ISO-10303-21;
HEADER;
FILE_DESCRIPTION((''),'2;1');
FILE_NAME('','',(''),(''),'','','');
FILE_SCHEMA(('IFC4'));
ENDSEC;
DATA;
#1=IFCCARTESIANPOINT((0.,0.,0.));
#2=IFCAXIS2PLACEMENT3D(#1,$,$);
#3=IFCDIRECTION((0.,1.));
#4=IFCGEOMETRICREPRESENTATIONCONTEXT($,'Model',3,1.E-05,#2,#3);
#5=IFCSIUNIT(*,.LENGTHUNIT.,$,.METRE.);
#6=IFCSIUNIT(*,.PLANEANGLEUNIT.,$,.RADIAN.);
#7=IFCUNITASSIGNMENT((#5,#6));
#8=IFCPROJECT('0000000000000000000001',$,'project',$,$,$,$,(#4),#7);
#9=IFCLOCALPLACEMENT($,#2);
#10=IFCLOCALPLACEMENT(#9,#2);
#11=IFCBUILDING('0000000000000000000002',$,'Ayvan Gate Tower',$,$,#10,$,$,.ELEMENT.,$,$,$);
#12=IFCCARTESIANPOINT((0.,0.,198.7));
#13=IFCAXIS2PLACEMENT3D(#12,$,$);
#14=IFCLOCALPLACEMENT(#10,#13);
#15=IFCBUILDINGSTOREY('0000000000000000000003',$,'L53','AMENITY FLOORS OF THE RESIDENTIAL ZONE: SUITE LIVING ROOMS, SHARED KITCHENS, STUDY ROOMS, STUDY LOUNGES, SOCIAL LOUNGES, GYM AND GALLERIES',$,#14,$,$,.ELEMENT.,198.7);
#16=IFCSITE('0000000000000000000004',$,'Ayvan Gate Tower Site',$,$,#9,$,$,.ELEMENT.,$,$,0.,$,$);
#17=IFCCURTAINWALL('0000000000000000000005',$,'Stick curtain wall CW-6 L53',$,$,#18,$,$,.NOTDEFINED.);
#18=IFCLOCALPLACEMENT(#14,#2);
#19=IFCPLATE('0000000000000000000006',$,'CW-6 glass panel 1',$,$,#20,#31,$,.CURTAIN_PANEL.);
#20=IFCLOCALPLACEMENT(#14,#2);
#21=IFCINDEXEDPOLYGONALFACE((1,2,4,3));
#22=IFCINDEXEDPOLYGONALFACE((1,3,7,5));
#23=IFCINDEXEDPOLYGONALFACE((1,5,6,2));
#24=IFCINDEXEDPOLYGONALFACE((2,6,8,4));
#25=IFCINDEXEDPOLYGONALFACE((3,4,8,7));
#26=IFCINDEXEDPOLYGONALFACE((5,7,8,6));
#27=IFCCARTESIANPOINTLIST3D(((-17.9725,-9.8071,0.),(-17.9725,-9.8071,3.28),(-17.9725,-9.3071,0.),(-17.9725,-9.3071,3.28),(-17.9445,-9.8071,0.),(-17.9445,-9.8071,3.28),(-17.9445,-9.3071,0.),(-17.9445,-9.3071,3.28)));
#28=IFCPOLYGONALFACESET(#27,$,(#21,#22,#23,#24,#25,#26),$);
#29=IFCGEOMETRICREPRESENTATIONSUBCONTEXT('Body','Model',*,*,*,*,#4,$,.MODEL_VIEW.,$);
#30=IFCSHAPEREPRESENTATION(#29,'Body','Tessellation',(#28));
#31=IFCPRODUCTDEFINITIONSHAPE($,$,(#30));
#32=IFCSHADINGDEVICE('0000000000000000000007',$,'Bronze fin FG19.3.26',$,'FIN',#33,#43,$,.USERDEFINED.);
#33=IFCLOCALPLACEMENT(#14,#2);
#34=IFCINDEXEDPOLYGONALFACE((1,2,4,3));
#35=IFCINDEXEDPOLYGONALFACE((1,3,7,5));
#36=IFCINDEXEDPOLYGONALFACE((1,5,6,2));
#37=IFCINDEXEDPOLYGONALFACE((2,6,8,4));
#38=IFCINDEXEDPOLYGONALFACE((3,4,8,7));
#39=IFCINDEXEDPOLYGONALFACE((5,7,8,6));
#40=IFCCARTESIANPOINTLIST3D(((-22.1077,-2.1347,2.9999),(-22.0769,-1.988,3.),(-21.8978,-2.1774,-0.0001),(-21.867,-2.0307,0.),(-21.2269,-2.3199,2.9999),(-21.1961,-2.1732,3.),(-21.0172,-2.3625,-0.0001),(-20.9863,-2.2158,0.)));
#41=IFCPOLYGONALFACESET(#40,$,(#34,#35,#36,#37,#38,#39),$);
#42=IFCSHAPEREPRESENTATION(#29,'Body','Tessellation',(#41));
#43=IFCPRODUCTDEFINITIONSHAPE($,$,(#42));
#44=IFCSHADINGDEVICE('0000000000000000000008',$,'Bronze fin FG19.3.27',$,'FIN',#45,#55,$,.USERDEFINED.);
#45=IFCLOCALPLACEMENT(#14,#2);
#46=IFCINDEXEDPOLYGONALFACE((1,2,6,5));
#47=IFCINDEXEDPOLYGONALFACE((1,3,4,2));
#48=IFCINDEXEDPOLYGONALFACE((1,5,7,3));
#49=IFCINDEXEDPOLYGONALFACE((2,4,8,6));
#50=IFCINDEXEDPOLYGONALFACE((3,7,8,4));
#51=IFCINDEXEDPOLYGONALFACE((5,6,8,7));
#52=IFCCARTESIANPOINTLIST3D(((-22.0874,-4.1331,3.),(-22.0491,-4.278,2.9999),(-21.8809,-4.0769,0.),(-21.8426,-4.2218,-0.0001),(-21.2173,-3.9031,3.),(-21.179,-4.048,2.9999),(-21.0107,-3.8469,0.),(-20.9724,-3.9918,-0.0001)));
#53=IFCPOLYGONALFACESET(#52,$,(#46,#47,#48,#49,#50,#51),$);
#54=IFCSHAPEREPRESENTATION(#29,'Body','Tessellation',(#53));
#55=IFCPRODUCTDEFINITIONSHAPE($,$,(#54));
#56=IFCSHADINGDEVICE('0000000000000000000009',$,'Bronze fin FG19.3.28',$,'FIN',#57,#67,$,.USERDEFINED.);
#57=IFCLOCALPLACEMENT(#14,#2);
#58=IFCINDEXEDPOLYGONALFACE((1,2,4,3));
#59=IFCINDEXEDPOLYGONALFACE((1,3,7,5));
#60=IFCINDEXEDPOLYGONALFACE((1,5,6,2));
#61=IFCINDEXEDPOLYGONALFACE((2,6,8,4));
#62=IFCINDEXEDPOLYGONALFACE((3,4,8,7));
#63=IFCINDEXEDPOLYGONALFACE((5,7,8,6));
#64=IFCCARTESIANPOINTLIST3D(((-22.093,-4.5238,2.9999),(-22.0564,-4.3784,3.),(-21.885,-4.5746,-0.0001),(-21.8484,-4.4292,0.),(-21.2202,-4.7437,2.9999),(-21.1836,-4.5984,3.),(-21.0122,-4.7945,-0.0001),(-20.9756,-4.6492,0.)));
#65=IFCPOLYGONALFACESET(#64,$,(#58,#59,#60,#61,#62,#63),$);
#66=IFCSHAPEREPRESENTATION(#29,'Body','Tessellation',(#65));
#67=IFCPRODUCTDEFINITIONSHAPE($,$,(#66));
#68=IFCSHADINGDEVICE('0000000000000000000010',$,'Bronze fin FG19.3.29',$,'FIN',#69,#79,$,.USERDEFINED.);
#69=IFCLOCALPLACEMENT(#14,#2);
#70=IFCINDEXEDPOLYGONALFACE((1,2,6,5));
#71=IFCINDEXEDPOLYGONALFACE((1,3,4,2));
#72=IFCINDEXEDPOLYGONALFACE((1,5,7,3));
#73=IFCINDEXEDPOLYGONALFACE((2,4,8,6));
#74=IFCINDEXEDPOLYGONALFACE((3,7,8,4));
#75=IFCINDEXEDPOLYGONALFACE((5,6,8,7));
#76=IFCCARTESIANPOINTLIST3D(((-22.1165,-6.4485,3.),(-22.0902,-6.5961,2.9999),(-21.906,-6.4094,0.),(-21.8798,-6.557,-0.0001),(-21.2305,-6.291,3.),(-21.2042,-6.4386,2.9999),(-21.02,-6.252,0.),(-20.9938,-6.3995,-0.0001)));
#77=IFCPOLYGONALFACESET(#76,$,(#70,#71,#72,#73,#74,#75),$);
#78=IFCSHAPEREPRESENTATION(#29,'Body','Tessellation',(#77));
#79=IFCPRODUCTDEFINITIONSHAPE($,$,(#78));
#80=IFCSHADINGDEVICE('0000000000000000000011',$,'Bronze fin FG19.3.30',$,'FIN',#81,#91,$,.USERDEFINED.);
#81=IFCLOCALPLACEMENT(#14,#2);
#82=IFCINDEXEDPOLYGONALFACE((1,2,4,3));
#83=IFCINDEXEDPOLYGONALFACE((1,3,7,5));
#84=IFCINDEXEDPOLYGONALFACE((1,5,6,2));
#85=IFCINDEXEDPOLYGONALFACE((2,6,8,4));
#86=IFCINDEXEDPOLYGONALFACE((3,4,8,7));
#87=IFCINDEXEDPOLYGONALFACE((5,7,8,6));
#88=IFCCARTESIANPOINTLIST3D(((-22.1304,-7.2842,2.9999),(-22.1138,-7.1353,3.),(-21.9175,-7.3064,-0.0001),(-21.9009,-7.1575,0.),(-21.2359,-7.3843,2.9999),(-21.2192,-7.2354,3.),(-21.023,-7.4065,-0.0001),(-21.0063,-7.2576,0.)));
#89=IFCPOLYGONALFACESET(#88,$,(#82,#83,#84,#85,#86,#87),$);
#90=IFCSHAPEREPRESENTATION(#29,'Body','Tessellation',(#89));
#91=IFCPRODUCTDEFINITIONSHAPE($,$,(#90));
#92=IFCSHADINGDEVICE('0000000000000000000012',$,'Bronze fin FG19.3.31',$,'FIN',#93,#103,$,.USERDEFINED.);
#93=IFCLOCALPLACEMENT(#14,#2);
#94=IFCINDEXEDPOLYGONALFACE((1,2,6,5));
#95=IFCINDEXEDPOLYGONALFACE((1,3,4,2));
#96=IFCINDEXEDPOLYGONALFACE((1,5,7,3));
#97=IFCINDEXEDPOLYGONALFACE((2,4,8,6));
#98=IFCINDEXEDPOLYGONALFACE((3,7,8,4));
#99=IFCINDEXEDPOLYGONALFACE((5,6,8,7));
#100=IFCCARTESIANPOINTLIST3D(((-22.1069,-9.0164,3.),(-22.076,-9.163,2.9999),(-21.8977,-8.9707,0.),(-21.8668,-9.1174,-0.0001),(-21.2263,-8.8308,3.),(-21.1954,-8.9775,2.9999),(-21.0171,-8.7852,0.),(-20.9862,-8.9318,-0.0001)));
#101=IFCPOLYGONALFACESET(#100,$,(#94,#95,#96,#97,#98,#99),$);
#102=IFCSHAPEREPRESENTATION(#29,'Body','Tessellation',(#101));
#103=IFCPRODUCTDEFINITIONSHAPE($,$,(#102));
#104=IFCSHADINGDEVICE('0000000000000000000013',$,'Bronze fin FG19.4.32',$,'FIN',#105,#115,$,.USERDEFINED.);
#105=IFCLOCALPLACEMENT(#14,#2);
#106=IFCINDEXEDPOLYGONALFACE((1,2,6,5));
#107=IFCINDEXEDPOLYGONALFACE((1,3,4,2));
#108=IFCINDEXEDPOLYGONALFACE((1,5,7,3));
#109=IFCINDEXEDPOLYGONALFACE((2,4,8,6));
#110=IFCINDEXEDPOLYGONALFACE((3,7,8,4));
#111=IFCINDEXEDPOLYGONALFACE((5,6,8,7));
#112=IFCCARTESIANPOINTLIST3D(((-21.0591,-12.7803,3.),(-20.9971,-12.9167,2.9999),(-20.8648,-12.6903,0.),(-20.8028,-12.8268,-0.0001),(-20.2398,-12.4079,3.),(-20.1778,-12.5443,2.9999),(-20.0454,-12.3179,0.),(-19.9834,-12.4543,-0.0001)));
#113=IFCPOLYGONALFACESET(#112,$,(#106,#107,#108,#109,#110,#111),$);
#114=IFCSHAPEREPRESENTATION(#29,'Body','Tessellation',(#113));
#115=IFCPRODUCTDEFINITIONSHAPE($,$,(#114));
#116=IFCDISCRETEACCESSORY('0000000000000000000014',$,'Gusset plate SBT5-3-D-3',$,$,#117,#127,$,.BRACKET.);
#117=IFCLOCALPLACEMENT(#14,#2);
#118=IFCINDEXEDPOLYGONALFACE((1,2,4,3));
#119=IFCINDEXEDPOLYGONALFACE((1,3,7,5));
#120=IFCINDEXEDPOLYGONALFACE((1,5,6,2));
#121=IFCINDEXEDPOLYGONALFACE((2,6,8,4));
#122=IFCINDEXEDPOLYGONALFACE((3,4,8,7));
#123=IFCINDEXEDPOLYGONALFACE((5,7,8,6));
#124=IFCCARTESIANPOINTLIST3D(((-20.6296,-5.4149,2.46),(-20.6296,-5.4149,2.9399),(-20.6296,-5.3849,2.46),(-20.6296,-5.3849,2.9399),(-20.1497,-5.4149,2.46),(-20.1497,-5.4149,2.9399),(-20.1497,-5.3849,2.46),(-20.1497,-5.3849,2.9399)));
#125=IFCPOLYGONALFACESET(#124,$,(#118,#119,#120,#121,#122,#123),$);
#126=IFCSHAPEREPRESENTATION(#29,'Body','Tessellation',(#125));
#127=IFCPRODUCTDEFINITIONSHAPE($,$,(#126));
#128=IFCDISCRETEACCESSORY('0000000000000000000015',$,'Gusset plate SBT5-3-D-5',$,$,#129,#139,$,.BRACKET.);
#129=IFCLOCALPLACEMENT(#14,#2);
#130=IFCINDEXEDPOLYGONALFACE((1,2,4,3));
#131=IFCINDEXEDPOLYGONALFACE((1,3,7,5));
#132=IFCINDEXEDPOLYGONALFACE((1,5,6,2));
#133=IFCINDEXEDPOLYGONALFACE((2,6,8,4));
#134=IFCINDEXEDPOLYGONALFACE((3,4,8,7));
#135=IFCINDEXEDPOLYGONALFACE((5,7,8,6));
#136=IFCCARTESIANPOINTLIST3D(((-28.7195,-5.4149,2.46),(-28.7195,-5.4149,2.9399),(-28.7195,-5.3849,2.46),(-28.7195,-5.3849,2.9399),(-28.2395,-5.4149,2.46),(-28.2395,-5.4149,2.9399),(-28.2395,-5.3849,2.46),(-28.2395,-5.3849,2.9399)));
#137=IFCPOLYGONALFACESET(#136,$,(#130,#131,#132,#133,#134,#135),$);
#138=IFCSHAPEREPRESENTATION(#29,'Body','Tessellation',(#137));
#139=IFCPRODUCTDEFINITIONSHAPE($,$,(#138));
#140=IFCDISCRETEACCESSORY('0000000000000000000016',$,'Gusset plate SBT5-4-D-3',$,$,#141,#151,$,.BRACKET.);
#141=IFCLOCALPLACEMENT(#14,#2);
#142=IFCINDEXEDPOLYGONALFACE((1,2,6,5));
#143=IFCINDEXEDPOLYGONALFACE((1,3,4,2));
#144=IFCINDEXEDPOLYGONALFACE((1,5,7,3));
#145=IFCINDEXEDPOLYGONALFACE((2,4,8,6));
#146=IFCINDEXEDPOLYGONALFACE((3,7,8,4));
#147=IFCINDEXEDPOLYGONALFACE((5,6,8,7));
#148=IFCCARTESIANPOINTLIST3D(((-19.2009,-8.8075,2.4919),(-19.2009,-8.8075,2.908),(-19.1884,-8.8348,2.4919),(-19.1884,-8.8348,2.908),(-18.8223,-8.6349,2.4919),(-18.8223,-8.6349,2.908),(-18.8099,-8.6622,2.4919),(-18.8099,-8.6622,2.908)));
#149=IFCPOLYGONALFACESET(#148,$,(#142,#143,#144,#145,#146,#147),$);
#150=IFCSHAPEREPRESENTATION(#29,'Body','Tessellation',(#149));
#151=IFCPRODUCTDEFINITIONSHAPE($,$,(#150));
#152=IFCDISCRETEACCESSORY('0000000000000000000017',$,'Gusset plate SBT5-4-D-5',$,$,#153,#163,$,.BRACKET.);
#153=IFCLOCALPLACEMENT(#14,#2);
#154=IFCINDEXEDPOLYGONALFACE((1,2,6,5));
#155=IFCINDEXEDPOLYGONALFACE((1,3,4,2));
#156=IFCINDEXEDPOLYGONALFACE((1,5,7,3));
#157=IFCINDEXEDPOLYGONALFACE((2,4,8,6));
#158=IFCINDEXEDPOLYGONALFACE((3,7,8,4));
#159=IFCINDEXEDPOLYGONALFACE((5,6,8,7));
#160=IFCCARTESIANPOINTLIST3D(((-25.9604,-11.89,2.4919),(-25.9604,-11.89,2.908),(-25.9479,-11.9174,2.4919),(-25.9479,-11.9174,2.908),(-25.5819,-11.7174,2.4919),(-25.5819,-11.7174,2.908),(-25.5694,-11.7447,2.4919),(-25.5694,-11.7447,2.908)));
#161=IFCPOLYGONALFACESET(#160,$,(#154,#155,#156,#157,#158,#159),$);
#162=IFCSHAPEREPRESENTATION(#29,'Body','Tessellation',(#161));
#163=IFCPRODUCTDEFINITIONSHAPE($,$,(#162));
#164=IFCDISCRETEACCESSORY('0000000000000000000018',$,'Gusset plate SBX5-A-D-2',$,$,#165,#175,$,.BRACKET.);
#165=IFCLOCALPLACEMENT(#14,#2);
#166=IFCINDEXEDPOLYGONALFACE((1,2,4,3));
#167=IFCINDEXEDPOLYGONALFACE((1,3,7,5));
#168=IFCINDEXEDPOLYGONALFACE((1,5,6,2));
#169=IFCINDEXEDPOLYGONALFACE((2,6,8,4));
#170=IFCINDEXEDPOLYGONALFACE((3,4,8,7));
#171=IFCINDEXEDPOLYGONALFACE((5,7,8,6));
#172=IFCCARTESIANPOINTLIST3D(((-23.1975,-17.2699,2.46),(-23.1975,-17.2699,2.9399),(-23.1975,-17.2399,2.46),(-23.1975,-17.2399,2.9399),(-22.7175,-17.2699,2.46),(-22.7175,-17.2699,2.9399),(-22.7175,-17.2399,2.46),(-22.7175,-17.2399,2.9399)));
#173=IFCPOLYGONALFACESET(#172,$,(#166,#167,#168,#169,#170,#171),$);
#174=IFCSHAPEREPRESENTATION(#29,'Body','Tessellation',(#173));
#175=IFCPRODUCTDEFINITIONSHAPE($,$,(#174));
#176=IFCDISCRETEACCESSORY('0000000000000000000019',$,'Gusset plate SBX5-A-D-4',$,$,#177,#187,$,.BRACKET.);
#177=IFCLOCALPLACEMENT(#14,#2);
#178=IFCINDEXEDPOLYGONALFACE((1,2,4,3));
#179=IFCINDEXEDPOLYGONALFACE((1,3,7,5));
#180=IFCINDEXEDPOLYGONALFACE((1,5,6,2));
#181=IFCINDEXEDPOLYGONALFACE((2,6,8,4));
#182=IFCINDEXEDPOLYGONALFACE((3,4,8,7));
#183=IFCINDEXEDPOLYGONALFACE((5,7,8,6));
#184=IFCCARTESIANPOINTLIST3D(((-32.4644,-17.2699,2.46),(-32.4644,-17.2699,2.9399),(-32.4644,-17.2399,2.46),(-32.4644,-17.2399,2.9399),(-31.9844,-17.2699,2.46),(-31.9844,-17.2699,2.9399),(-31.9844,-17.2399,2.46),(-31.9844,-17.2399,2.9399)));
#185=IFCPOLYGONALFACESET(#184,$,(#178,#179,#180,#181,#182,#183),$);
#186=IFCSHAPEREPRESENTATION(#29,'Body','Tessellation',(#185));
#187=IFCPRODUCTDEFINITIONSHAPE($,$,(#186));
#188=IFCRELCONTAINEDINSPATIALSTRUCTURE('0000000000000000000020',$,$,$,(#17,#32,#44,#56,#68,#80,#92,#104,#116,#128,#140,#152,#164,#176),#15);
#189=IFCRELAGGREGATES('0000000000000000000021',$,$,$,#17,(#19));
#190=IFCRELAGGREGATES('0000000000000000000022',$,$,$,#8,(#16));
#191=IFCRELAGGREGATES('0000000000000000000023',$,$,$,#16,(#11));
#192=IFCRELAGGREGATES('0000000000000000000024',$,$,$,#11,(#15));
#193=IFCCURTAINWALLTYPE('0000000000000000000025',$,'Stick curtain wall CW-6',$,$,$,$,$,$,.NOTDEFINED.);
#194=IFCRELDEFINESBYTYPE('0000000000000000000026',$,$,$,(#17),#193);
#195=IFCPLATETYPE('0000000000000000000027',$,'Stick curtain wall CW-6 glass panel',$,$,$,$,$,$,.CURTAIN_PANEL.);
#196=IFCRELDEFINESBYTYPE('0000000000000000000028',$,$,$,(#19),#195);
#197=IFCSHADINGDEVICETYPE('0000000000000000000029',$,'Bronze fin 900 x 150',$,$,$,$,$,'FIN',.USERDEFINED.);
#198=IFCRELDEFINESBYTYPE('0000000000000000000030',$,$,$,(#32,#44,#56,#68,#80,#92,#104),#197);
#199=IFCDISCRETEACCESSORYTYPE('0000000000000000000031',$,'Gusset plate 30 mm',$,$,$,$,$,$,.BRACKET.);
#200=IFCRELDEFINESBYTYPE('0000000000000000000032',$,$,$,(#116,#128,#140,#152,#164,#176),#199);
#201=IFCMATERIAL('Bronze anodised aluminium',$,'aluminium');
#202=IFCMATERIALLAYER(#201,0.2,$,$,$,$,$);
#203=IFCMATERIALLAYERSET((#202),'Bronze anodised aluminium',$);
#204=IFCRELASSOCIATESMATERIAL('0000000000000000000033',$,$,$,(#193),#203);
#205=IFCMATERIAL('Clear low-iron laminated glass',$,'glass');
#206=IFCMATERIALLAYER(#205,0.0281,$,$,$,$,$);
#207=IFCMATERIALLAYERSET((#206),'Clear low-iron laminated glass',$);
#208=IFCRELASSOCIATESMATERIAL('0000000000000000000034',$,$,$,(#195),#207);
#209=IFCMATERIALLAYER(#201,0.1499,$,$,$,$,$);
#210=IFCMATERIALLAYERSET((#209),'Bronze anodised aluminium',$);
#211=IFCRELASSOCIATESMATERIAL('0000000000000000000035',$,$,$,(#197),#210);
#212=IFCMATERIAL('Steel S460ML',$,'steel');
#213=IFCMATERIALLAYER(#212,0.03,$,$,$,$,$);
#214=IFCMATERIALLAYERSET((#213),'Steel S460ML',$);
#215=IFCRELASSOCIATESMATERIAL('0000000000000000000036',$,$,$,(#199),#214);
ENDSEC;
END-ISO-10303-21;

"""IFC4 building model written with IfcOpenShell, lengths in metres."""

from ifc_helpers import new_model, si_unit, direction, frame, origin, origin_2d, place, context, subcontext, project, spatial, polyline, rectangle, outline, extrude, material, layer, layer_set, type_object, element, aggregate, save


model = new_model("IFC4")

# Units and contexts
model_context = context("Model", 3, precision=1e-05, world=origin(), true_north=direction((0.0, 1.0)))
body_context = subcontext(model_context, "Body", "Model", "MODEL_VIEW")
ifc_project = project(units=[si_unit("LENGTHUNIT", "METRE"), si_unit("PLANEANGLEUNIT", "RADIAN")], contexts=[model_context])

# Site, building, storey
site_placement = place(None, origin())
site = spatial("IfcSite", under=ifc_project, at=site_placement, Name="Ayvan Gate Tower Site", CompositionType="ELEMENT", RefElevation=0.0)
building_placement = place(site_placement, origin())
building = spatial("IfcBuilding", under=site, at=building_placement, Name="Ayvan Gate Tower", CompositionType="ELEMENT")
storey_placement = place(building_placement, frame((0.0, 0.0, 198.7)))
storey = spatial("IfcBuildingStorey", under=building, at=storey_placement, Name="L53", Description="AMENITY FLOORS OF THE RESIDENTIAL ZONE: SUITE LIVING ROOMS, SHARED KITCHENS, STUDY ROOMS, STUDY LOUNGES, SOCIAL LOUNGES, GYM AND GALLERIES", CompositionType="ELEMENT", Elevation=198.7)

# Curtain wall
ifc_material_1 = material(Name="Bronze anodised aluminium", Category="aluminium")
ifc_layer_1 = layer(ifc_material_1, 0.2)
ifc_layer_set_1 = layer_set([ifc_layer_1], Name="Bronze anodised aluminium")
curtain_wall_type_1 = type_object("IfcCurtainWallType", Name="Stick curtain wall CW-6", PredefinedType="NOTDEFINED", material=ifc_layer_set_1)
curtain_wall_1_placement = place(storey_placement, origin())
curtain_wall_1 = element("IfcCurtainWall", 1, at=curtain_wall_1_placement, inside=storey, type_object=curtain_wall_type_1, Name="Stick curtain wall CW-6 L53", PredefinedType="NOTDEFINED")

# Plate
ifc_material_2 = material(Name="Clear low-iron laminated glass", Category="glass")
ifc_layer_2 = layer(ifc_material_2, 0.0281)
ifc_layer_set_2 = layer_set([ifc_layer_2], Name="Clear low-iron laminated glass")
plate_type_1 = type_object("IfcPlateType", Name="Stick curtain wall CW-6 glass panel", PredefinedType="CURTAIN_PANEL", material=ifc_layer_set_2)
plate_1_placement = place(storey_placement, frame((-17.9585, -9.5571, 0.0), z_axis=(0.0, 0.0, 1.0), x_axis=(0.0, -1.0, 0.0)))
plate_1 = element("IfcPlate", 2, at=plate_1_placement, type_object=plate_type_1, Name="CW-6 glass panel 1", PredefinedType="CURTAIN_PANEL", context=body_context, shape_type="SweptSolid", body=[
    extrude(rectangle(XDim=0.5, YDim=0.0281, at=origin_2d()), origin(), (0.0, 0.0, 1.0), 3.28),
])
aggregate(curtain_wall_1, [plate_1])

# Shading devices
ifc_layer_3 = layer(ifc_material_1, 0.1499)
ifc_layer_set_3 = layer_set([ifc_layer_3], Name="Bronze anodised aluminium")
shading_device_type = type_object("IfcShadingDeviceType", Name="Bronze fin 900 x 150", ElementType="FIN", PredefinedType="USERDEFINED", material=ifc_layer_set_3)
shading_device_1_placement = place(storey_placement, frame((-20.9863, -2.2158, 0.0), z_axis=(0.205758, 0.978603, 0.000495), x_axis=(-0.978603, 0.205758, 0.0)))
element("IfcShadingDevice", 3, at=shading_device_1_placement, inside=storey, type_object=shading_device_type, Name="Bronze fin FG19.3.26", ObjectType="FIN", PredefinedType="USERDEFINED", context=body_context, shape_type="SweptSolid", body=[
    extrude(outline(polyline([(0.0, 0.0), (0.8999, 0.0), (1.1141, 3.0), (0.214, 3.0), (0.0, 0.0)])), origin(), (0.0, 0.0, -1.0), 0.1499),
])
shading_device_2_placement = place(storey_placement, frame((-21.0107, -3.8469, 0.0), z_axis=(-0.255535, 0.9668, 0.000503), x_axis=(-0.9668, -0.255535, 0.0)))
element("IfcShadingDevice", 4, at=shading_device_2_placement, inside=storey, type_object=shading_device_type, Name="Bronze fin FG19.3.27", ObjectType="FIN", PredefinedType="USERDEFINED", context=body_context, shape_type="SweptSolid", body=[
    extrude(outline(polyline([(0.0, 0.0), (0.9, 0.0), (1.114, 3.0), (0.214, 3.0), (0.0, 0.0)])), origin(), (0.0, 0.0, -1.0), 0.1499),
])
shading_device_3_placement = place(storey_placement, frame((-20.9756, -4.6492, 0.0), z_axis=(0.244386, 0.969678, 0.000531), x_axis=(-0.969678, 0.244386, 0.0)))
element("IfcShadingDevice", 5, at=shading_device_3_placement, inside=storey, type_object=shading_device_type, Name="Bronze fin FG19.3.28", ObjectType="FIN", PredefinedType="USERDEFINED", context=body_context, shape_type="SweptSolid", body=[
    extrude(outline(polyline([(0.0, 0.0), (0.9001, 0.0), (1.1142, 3.0), (0.2141, 3.0), (0.0, 0.0)])), origin(), (0.0, 0.0, -1.0), 0.1499),
])
shading_device_4_placement = place(storey_placement, frame((-21.02, -6.252, 0.0), z_axis=(-0.174992, 0.98457, 0.000544), x_axis=(-0.98457, -0.174992, 0.0)))
element("IfcShadingDevice", 6, at=shading_device_4_placement, inside=storey, type_object=shading_device_type, Name="Bronze fin FG19.3.29", ObjectType="FIN", PredefinedType="USERDEFINED", context=body_context, shape_type="SweptSolid", body=[
    extrude(outline(polyline([(0.0, 0.0), (0.8999, 0.0), (1.1139, 3.0), (0.214, 3.0), (0.0, 0.0)])), origin(), (0.0, 0.0, -1.0), 0.1499),
])
shading_device_5_placement = place(storey_placement, frame((-21.0063, -7.2576, 0.0), z_axis=(0.111205, 0.993797, 0.000532), x_axis=(-0.993797, 0.111205, 0.0)))
element("IfcShadingDevice", 7, at=shading_device_5_placement, inside=storey, type_object=shading_device_type, Name="Bronze fin FG19.3.30", ObjectType="FIN", PredefinedType="USERDEFINED", context=body_context, shape_type="SweptSolid", body=[
    extrude(outline(polyline([(0.0, 0.0), (0.9001, 0.0), (1.1142, 3.0), (0.214, 3.0), (0.0, 0.0)])), origin(), (0.0, 0.0, -1.0), 0.1499),
])
shading_device_6_placement = place(storey_placement, frame((-21.0171, -8.7852, 0.0), z_axis=(-0.206175, 0.978515, 0.000512), x_axis=(-0.978515, -0.206175, 0.0)))
element("IfcShadingDevice", 8, at=shading_device_6_placement, inside=storey, type_object=shading_device_type, Name="Bronze fin FG19.3.31", ObjectType="FIN", PredefinedType="USERDEFINED", context=body_context, shape_type="SweptSolid", body=[
    extrude(outline(polyline([(0.0, 0.0), (0.9, 0.0), (1.1141, 3.0), (0.2141, 3.0), (0.0, 0.0)])), origin(), (0.0, 0.0, -1.0), 0.1499),
])
shading_device_7_placement = place(storey_placement, frame((-20.0454, -12.3179, 0.0), z_axis=(-0.413813, 0.910362, 0.000494), x_axis=(-0.910362, -0.413813, 0.0)))
element("IfcShadingDevice", 9, at=shading_device_7_placement, inside=storey, type_object=shading_device_type, Name="Bronze fin FG19.4.32", ObjectType="FIN", PredefinedType="USERDEFINED", context=body_context, shape_type="SweptSolid", body=[
    extrude(outline(polyline([(0.0, 0.0), (0.9001, 0.0), (1.1142, 3.0), (0.2142, 3.0), (0.0, 0.0)])), origin(), (0.0, 0.0, -1.0), 0.1499),
])

# Discrete accessories
ifc_material_3 = material(Name="Steel S460ML", Category="steel")
ifc_layer_4 = layer(ifc_material_3, 0.03)
ifc_layer_set_4 = layer_set([ifc_layer_4], Name="Steel S460ML")
discrete_accessory_type_1 = type_object("IfcDiscreteAccessoryType", Name="Gusset plate 30 mm", PredefinedType="BRACKET", material=ifc_layer_set_4)
for number, where, z_axis, x_axis, name in (
    (10, (-20.3896, -5.3999, 2.46), (0.0, 0.0, 1.0), (1.0, 0.0, 0.0), "Gusset plate SBT5-3-D-3"),
    (11, (-28.4795, -5.3999, 2.46), (0.0, 0.0, 1.0), (1.0, 0.0, 0.0), "Gusset plate SBT5-3-D-5"),
):
    element("IfcDiscreteAccessory", number, at=place(storey_placement, frame(where, z_axis=z_axis, x_axis=x_axis)), inside=storey, type_object=discrete_accessory_type_1, Name=name, PredefinedType="BRACKET", context=body_context, shape_type="SweptSolid", body=[
        extrude(rectangle(XDim=0.48, YDim=0.03, at=origin_2d()), origin(), (0.0, 0.0, 1.0), 0.48),
    ])
for number, where, z_axis, x_axis, name in (
    (12, (-19.0054, -8.7349, 2.4919), (0.0, 0.0, 1.0), (0.909853, 0.41493, 0.0), "Gusset plate SBT5-4-D-3"),
    (13, (-25.7649, -11.8174, 2.4919), (0.0, 0.0, 1.0), (0.909853, 0.41493, 0.0), "Gusset plate SBT5-4-D-5"),
):
    element("IfcDiscreteAccessory", number, at=place(storey_placement, frame(where, z_axis=z_axis, x_axis=x_axis)), inside=storey, type_object=discrete_accessory_type_1, Name=name, PredefinedType="BRACKET", context=body_context, shape_type="SweptSolid", body=[
        extrude(rectangle(XDim=0.416, YDim=0.03, at=origin_2d()), origin(), (0.0, 0.0, 1.0), 0.416),
    ])
for number, where, z_axis, x_axis, name in (
    (14, (-22.9575, -17.2549, 2.46), (0.0, 0.0, 1.0), (1.0, 0.0, 0.0), "Gusset plate SBX5-A-D-2"),
    (15, (-32.2244, -17.2549, 2.46), (0.0, 0.0, 1.0), (1.0, 0.0, 0.0), "Gusset plate SBX5-A-D-4"),
):
    element("IfcDiscreteAccessory", number, at=place(storey_placement, frame(where, z_axis=z_axis, x_axis=x_axis)), inside=storey, type_object=discrete_accessory_type_1, Name=name, PredefinedType="BRACKET", context=body_context, shape_type="SweptSolid", body=[
        extrude(rectangle(XDim=0.48, YDim=0.03, at=origin_2d()), origin(), (0.0, 0.0, 1.0), 0.48),
    ])

save(model, "model.ifc")
